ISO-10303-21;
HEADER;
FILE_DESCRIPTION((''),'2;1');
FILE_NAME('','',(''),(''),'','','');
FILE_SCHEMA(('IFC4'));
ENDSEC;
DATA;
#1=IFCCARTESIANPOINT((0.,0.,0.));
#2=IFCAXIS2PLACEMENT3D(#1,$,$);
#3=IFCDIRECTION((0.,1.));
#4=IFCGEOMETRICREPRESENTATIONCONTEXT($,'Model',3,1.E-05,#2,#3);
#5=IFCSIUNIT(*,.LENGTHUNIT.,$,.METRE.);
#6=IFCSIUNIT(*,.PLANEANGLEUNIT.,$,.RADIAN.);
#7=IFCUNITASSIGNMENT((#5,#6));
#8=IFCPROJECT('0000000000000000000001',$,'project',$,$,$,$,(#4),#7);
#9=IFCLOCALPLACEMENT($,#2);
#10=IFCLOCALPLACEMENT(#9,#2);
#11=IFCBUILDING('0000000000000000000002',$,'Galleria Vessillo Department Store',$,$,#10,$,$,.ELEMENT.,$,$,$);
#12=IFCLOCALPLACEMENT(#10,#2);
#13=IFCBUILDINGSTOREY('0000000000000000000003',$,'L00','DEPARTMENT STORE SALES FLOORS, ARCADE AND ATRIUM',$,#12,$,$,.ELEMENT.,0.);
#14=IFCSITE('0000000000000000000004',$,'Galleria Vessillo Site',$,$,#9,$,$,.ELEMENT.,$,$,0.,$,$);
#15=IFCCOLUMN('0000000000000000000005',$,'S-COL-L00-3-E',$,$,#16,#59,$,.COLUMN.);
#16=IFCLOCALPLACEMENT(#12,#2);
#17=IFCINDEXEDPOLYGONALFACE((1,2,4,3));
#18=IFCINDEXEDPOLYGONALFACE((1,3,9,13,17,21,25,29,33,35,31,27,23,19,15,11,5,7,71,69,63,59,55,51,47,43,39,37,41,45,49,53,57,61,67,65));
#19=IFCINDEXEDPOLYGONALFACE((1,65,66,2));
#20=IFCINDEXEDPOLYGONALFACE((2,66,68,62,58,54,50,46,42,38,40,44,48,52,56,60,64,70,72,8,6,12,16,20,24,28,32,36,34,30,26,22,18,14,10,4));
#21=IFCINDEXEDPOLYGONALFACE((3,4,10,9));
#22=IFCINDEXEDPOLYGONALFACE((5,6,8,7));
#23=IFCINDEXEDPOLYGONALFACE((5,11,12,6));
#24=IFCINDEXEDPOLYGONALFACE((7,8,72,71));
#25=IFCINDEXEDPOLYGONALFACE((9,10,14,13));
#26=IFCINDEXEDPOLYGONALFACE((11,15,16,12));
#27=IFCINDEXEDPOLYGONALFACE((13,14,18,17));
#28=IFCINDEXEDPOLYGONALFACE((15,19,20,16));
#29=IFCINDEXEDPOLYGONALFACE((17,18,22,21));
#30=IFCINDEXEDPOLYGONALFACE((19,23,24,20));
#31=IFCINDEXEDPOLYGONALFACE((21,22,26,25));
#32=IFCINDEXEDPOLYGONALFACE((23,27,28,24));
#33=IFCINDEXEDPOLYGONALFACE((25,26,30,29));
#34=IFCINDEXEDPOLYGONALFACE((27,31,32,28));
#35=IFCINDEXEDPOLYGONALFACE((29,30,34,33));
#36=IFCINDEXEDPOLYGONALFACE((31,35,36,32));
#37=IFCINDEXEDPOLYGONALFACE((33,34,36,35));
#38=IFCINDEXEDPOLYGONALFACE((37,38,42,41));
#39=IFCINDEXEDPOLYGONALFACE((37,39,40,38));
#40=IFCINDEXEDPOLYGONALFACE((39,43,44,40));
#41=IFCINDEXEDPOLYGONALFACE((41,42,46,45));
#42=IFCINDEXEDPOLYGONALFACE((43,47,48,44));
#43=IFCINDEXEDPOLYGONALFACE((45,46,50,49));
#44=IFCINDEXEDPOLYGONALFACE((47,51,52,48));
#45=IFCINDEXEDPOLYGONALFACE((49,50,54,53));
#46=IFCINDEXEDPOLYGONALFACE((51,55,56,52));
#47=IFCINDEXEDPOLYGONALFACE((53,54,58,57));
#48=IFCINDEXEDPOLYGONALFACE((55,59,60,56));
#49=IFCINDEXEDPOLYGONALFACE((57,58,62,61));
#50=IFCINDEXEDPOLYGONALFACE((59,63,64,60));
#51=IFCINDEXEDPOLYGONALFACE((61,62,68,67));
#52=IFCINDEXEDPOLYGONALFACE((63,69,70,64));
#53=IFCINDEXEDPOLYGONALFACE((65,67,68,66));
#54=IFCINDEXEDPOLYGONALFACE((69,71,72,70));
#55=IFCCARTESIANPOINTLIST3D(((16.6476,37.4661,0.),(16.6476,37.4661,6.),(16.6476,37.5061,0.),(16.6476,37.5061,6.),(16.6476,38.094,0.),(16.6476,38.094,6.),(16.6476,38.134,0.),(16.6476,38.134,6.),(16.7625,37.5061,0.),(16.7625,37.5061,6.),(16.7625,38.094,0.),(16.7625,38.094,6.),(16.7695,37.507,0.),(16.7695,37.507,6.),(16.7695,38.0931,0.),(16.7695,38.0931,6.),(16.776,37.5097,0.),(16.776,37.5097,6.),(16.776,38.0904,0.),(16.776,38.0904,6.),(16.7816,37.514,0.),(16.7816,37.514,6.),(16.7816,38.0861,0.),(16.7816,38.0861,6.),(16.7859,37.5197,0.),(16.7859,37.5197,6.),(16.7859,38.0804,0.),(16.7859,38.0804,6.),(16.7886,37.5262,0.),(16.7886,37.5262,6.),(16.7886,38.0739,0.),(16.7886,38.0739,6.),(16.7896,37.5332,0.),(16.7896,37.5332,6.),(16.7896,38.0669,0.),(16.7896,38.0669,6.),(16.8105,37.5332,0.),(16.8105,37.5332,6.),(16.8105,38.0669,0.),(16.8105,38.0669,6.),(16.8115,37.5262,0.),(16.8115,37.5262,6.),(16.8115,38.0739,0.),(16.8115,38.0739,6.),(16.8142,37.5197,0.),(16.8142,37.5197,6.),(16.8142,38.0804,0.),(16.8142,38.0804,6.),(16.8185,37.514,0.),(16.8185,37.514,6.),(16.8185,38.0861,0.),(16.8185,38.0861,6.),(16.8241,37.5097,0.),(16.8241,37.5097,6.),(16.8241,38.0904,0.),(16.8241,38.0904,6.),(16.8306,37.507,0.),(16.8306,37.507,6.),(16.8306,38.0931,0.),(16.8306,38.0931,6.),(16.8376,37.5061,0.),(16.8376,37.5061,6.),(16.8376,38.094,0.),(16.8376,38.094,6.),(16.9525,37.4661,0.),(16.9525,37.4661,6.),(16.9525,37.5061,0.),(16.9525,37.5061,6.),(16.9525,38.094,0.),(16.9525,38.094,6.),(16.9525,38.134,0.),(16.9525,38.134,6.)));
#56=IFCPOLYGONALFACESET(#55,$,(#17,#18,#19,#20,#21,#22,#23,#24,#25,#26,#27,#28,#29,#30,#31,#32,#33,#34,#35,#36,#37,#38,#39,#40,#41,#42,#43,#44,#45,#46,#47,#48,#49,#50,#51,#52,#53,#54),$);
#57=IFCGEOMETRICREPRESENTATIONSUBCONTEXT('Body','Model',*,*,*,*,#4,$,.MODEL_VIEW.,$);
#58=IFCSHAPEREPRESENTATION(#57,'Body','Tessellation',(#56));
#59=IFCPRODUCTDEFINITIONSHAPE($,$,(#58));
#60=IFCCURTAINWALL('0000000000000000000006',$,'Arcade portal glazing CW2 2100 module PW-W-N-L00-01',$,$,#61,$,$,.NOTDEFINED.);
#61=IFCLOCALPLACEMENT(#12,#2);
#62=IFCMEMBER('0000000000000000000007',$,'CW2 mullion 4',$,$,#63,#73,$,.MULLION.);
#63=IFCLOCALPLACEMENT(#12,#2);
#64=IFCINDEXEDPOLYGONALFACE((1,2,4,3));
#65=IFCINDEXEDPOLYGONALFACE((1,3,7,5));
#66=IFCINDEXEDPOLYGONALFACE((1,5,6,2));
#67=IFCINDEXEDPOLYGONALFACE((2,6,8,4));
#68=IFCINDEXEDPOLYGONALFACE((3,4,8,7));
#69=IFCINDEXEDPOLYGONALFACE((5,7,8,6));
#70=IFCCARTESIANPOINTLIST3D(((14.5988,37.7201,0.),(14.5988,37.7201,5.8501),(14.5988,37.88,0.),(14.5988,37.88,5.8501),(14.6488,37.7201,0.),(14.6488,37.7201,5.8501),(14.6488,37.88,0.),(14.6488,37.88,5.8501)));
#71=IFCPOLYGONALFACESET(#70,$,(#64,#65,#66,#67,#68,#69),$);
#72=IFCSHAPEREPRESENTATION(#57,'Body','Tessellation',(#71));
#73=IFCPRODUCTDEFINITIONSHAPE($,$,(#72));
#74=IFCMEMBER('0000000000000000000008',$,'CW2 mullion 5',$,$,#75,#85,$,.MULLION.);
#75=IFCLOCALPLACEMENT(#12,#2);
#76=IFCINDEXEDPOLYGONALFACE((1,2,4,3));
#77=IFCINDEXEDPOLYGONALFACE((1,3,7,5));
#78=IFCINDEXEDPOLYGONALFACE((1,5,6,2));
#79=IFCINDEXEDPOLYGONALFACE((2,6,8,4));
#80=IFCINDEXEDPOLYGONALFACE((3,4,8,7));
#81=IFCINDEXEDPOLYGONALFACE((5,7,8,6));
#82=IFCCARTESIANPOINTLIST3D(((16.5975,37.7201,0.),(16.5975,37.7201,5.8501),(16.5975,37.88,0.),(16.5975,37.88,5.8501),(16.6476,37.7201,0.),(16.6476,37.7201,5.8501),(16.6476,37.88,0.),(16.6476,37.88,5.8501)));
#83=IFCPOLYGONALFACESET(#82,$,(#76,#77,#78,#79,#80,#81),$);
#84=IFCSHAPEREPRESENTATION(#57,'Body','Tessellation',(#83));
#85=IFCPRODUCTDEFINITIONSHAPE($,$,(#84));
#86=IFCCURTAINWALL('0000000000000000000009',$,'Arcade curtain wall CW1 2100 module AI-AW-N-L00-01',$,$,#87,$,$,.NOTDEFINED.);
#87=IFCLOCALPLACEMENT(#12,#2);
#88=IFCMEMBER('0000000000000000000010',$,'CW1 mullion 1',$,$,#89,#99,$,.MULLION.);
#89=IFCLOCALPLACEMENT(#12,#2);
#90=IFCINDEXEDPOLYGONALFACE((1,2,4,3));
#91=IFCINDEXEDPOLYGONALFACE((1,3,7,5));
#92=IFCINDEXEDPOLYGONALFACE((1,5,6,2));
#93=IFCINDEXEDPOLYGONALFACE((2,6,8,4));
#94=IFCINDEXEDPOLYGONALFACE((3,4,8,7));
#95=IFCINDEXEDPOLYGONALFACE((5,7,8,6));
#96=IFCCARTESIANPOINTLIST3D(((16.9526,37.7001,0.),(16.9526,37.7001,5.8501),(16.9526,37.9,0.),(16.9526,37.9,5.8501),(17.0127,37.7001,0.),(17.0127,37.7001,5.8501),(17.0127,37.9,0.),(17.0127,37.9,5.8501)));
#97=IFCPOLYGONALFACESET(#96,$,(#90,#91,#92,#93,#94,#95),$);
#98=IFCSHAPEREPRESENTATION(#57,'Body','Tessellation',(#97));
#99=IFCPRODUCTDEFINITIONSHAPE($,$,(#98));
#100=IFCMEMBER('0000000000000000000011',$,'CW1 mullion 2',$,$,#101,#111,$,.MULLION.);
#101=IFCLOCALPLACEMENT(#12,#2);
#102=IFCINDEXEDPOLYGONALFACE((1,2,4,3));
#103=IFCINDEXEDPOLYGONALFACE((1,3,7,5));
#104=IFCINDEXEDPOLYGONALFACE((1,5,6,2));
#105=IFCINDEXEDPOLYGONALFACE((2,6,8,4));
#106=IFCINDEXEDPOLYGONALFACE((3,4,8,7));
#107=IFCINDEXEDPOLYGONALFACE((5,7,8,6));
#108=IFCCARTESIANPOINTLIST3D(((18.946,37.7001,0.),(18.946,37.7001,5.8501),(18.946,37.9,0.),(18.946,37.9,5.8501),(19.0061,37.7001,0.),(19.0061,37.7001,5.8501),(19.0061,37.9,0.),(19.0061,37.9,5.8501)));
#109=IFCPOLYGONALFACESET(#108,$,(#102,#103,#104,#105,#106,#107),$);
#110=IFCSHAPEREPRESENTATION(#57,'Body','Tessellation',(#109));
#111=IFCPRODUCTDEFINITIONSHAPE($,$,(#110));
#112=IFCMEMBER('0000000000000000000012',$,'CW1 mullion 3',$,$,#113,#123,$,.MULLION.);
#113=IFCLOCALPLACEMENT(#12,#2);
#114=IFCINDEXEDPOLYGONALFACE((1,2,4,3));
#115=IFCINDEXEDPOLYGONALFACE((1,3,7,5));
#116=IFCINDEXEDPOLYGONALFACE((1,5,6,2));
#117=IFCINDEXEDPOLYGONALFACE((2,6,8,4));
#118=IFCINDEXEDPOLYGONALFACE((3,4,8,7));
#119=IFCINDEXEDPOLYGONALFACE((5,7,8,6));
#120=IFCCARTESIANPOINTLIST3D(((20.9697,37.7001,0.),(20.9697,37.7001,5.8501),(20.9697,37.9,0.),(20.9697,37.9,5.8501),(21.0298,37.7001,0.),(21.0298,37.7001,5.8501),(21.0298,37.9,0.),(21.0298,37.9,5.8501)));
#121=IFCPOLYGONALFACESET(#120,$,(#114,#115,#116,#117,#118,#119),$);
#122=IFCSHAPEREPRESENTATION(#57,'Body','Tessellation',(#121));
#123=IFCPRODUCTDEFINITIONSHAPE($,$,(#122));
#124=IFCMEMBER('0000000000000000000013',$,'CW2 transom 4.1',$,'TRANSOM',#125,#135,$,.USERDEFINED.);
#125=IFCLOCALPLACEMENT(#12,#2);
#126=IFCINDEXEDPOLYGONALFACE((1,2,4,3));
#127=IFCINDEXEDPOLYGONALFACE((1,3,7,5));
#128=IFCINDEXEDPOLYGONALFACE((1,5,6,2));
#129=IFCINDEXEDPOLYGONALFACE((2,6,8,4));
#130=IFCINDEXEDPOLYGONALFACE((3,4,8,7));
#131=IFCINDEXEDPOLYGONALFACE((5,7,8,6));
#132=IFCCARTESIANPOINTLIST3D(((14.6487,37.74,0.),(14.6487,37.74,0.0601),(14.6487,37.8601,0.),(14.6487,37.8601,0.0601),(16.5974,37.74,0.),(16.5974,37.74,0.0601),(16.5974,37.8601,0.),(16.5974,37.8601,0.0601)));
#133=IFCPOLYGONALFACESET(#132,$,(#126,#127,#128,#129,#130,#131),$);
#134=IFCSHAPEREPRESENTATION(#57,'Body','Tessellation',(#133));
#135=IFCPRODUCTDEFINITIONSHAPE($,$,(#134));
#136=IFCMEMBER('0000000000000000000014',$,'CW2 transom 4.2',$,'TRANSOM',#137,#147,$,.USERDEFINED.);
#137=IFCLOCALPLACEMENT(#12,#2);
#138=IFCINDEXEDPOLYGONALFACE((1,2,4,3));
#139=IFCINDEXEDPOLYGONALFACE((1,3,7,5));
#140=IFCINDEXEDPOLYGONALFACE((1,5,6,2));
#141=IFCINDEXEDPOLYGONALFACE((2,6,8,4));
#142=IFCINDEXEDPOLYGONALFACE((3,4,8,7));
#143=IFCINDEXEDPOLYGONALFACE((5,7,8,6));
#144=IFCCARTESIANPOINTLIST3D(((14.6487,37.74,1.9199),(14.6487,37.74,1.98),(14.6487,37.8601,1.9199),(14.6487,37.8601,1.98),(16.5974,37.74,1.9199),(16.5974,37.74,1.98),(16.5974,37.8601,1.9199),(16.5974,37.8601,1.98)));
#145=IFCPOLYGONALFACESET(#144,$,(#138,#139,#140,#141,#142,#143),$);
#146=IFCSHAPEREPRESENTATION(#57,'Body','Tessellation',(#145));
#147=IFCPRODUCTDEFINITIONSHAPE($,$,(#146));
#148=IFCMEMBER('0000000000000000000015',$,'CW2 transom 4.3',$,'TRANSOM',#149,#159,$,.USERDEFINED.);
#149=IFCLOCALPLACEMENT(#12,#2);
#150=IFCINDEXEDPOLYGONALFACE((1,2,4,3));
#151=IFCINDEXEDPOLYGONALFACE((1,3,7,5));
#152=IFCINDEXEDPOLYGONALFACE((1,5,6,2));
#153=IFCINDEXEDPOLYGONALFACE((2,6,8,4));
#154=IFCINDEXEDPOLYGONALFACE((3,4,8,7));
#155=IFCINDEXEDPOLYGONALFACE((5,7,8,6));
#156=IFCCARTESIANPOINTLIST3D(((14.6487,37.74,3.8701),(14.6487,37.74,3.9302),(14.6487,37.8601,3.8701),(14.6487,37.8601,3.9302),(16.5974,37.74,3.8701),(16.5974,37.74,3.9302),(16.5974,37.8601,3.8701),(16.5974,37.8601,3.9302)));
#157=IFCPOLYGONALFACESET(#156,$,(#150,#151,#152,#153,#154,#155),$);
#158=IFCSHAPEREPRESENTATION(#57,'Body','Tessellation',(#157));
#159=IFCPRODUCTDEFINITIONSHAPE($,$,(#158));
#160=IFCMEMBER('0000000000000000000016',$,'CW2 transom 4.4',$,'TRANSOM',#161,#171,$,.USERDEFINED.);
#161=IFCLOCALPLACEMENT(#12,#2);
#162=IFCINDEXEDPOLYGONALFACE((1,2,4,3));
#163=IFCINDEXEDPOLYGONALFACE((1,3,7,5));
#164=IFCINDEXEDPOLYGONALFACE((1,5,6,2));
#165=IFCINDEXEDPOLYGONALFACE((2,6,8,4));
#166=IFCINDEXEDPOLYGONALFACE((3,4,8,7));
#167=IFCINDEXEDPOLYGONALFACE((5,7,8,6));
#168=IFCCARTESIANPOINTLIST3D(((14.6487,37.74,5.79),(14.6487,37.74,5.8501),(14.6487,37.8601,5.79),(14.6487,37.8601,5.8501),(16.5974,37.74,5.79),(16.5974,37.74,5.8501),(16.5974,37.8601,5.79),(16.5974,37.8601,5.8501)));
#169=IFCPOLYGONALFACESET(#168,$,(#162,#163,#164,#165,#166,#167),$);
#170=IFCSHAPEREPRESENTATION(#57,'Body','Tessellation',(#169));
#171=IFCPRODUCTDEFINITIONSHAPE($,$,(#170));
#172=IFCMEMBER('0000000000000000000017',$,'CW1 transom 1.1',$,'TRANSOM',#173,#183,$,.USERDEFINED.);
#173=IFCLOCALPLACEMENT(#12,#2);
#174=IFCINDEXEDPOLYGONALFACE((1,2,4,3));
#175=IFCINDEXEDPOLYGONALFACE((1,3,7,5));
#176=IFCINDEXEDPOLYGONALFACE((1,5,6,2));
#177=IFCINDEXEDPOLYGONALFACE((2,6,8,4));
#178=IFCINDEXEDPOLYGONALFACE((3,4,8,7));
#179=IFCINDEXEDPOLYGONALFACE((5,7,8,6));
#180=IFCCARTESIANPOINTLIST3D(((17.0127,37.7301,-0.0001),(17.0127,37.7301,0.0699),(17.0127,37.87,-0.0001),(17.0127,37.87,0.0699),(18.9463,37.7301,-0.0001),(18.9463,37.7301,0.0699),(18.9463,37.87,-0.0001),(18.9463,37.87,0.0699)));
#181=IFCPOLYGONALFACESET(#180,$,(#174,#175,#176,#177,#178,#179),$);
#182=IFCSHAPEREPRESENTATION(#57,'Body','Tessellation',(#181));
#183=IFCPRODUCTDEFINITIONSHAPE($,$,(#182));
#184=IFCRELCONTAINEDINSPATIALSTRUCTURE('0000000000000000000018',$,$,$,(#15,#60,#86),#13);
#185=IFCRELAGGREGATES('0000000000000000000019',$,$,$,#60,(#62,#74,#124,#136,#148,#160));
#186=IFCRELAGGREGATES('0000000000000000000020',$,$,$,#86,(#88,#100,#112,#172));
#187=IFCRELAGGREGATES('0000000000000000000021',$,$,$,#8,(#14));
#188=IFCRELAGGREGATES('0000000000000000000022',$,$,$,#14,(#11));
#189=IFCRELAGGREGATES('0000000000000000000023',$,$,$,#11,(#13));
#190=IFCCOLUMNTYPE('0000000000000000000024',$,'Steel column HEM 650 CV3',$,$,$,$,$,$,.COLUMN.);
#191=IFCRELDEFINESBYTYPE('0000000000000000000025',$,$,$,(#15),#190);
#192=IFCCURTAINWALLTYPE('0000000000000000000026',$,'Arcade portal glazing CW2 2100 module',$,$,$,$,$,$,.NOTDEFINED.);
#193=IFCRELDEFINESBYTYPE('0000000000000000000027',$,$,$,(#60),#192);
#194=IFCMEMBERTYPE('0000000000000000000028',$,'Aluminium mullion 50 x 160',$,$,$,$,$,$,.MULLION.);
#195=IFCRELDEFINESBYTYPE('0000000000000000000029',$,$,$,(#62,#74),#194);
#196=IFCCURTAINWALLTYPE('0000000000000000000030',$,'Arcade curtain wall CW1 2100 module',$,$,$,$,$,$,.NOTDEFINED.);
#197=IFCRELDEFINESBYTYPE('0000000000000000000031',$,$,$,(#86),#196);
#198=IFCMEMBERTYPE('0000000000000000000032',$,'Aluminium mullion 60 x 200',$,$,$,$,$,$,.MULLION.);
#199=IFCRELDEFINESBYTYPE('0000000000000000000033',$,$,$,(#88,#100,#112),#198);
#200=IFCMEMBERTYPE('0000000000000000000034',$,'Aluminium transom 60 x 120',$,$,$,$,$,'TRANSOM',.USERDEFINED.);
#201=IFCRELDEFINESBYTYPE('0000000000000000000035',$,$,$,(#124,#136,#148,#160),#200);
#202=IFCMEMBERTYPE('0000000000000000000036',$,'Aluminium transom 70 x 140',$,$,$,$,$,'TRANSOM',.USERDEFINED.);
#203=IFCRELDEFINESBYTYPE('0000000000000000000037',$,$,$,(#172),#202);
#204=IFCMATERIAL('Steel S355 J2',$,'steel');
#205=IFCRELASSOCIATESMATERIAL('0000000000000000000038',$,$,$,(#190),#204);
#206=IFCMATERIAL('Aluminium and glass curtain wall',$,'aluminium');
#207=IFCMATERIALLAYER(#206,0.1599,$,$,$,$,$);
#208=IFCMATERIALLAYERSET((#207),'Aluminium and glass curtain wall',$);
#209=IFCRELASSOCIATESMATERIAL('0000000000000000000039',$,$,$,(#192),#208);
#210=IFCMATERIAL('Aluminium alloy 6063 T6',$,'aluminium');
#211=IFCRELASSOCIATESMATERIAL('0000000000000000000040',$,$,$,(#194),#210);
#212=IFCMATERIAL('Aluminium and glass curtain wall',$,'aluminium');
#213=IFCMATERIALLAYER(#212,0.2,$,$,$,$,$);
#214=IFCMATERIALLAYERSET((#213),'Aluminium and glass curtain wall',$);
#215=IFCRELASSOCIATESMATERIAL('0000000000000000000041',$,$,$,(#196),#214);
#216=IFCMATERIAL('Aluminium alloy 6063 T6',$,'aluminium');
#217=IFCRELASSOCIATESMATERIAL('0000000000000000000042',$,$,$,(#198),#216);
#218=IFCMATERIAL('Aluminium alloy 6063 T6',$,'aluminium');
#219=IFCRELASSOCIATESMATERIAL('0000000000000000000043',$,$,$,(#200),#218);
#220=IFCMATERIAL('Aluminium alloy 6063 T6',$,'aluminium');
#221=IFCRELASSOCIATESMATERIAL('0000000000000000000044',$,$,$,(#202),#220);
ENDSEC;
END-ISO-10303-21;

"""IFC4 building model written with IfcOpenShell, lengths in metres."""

from ifc_helpers import new_model, si_unit, direction, frame, origin, origin_2d, place, context, subcontext, project, spatial, rectangle, i_section, extrude, material, layer, layer_set, material_profile, profile_set, type_object, element, aggregate, save


model = new_model("IFC4")

# Units and contexts
model_context = context("Model", 3, precision=1e-05, world=origin(), true_north=direction((0.0, 1.0)))
body_context = subcontext(model_context, "Body", "Model", "MODEL_VIEW")
ifc_project = project(units=[si_unit("LENGTHUNIT", "METRE"), si_unit("PLANEANGLEUNIT", "RADIAN")], contexts=[model_context])

# Site, building, storey
site_placement = place(None, origin())
site = spatial("IfcSite", under=ifc_project, at=site_placement, Name="Galleria Vessillo Site", CompositionType="ELEMENT", RefElevation=0.0)
building_placement = place(site_placement, origin())
building = spatial("IfcBuilding", under=site, at=building_placement, Name="Galleria Vessillo Department Store", CompositionType="ELEMENT")
storey_placement = place(building_placement, origin())
storey = spatial("IfcBuildingStorey", under=building, at=storey_placement, Name="L00", Description="DEPARTMENT STORE SALES FLOORS, ARCADE AND ATRIUM", CompositionType="ELEMENT", Elevation=0.0)

# Column
ifc_material_1 = material(Name="Steel S355 J2", Category="steel")
ifc_material_profile_1 = material_profile(ifc_material_1, i_section(OverallWidth=0.3049, OverallDepth=0.668, WebThickness=0.021, FlangeThickness=0.04, FilletRadius=0.0271, at=origin_2d()), Name="HEM 650")
ifc_profile_set_1 = profile_set([ifc_material_profile_1], Name="Steel S355 J2")
column_type = type_object("IfcColumnType", Name="Steel column HEM 650 CV3", PredefinedType="COLUMN", material=ifc_profile_set_1)
column_placement = place(storey_placement, frame((16.8, 37.8, 0.0), z_axis=(0.0, 0.0, 1.0), x_axis=(1.0, 0.0, 0.0)))
element("IfcColumn", 1, at=column_placement, inside=storey, type_object=column_type, Name="S-COL-L00-3-E", PredefinedType="COLUMN", context=body_context, shape_type="SweptSolid", body=[
    extrude(i_section(OverallWidth=0.3049, OverallDepth=0.668, WebThickness=0.021, FlangeThickness=0.04, FilletRadius=0.0271, at=origin_2d()), origin(), (0.0, 0.0, 1.0), 6.0),
])

# Curtain walls, members
ifc_material_2 = material(Name="Aluminium and glass curtain wall", Category="aluminium")
ifc_layer_1 = layer(ifc_material_2, 0.1599)
ifc_layer_set_1 = layer_set([ifc_layer_1], Name="Aluminium and glass curtain wall")
curtain_wall_type_1 = type_object("IfcCurtainWallType", Name="Arcade portal glazing CW2 2100 module", PredefinedType="NOTDEFINED", material=ifc_layer_set_1)
curtain_wall_1_placement = place(storey_placement, origin())
curtain_wall_1 = element("IfcCurtainWall", 2, at=curtain_wall_1_placement, inside=storey, type_object=curtain_wall_type_1, Name="Arcade portal glazing CW2 2100 module PW-W-N-L00-01", PredefinedType="NOTDEFINED")
ifc_material_3 = material(Name="Aluminium alloy 6063 T6", Category="aluminium")
ifc_material_profile_2 = material_profile(ifc_material_3, rectangle(XDim=0.1599, YDim=0.05, at=origin_2d()), Name="AL 50x160")
ifc_profile_set_2 = profile_set([ifc_material_profile_2], Name="Aluminium alloy 6063 T6")
member_type_1 = type_object("IfcMemberType", Name="Aluminium mullion 50 x 160", PredefinedType="MULLION", material=ifc_profile_set_2)
member_1_placement = place(storey_placement, frame((14.6238, 37.8, 0.0), z_axis=(0.0, 0.0, 1.0), x_axis=(0.0, 1.0, 0.0)))
member_1 = element("IfcMember", 3, at=member_1_placement, type_object=member_type_1, Name="CW2 mullion 4", PredefinedType="MULLION", context=body_context, shape_type="SweptSolid", body=[
    extrude(rectangle(XDim=0.1599, YDim=0.05, at=origin_2d()), origin(), (0.0, 0.0, 1.0), 5.8501),
])
member_2_placement = place(storey_placement, frame((16.6226, 37.8, 0.0), z_axis=(0.0, 0.0, 1.0), x_axis=(0.0, 1.0, 0.0)))
member_2 = element("IfcMember", 4, at=member_2_placement, type_object=member_type_1, Name="CW2 mullion 5", PredefinedType="MULLION", context=body_context, shape_type="SweptSolid", body=[
    extrude(rectangle(XDim=0.1599, YDim=0.05, at=origin_2d()), origin(), (0.0, 0.0, 1.0), 5.8501),
])
ifc_material_4 = material(Name="Aluminium and glass curtain wall", Category="aluminium")
ifc_layer_2 = layer(ifc_material_4, 0.2)
ifc_layer_set_2 = layer_set([ifc_layer_2], Name="Aluminium and glass curtain wall")
curtain_wall_type_2 = type_object("IfcCurtainWallType", Name="Arcade curtain wall CW1 2100 module", PredefinedType="NOTDEFINED", material=ifc_layer_set_2)
curtain_wall_2_placement = place(storey_placement, origin())
curtain_wall_2 = element("IfcCurtainWall", 5, at=curtain_wall_2_placement, inside=storey, type_object=curtain_wall_type_2, Name="Arcade curtain wall CW1 2100 module AI-AW-N-L00-01", PredefinedType="NOTDEFINED")
ifc_material_5 = material(Name="Aluminium alloy 6063 T6", Category="aluminium")
ifc_material_profile_3 = material_profile(ifc_material_5, rectangle(XDim=0.2, YDim=0.0601, at=origin_2d()), Name="AL 60x200")
ifc_profile_set_3 = profile_set([ifc_material_profile_3], Name="Aluminium alloy 6063 T6")
member_type_2 = type_object("IfcMemberType", Name="Aluminium mullion 60 x 200", PredefinedType="MULLION", material=ifc_profile_set_3)
member_3_placement = place(storey_placement, frame((16.9827, 37.8, 0.0), z_axis=(0.0, 0.0, 1.0), x_axis=(0.0, 1.0, 0.0)))
member_3 = element("IfcMember", 6, at=member_3_placement, type_object=member_type_2, Name="CW1 mullion 1", PredefinedType="MULLION", context=body_context, shape_type="SweptSolid", body=[
    extrude(rectangle(XDim=0.2, YDim=0.0601, at=origin_2d()), origin(), (0.0, 0.0, 1.0), 5.8501),
])
member_4_placement = place(storey_placement, frame((18.9761, 37.8, 0.0), z_axis=(0.0, 0.0, 1.0), x_axis=(0.0, 1.0, 0.0)))
member_4 = element("IfcMember", 7, at=member_4_placement, type_object=member_type_2, Name="CW1 mullion 2", PredefinedType="MULLION", context=body_context, shape_type="SweptSolid", body=[
    extrude(rectangle(XDim=0.2, YDim=0.0601, at=origin_2d()), origin(), (0.0, 0.0, 1.0), 5.8501),
])
member_5_placement = place(storey_placement, frame((20.9998, 37.8, 0.0), z_axis=(0.0, 0.0, 1.0), x_axis=(0.0, 1.0, 0.0)))
member_5 = element("IfcMember", 8, at=member_5_placement, type_object=member_type_2, Name="CW1 mullion 3", PredefinedType="MULLION", context=body_context, shape_type="SweptSolid", body=[
    extrude(rectangle(XDim=0.2, YDim=0.0601, at=origin_2d()), origin(), (0.0, 0.0, 1.0), 5.8501),
])

# Members
ifc_material_6 = material(Name="Aluminium alloy 6063 T6", Category="aluminium")
ifc_material_profile_4 = material_profile(ifc_material_6, rectangle(XDim=0.1201, YDim=0.0601, at=origin_2d()), Name="AL 60x120")
ifc_profile_set_4 = profile_set([ifc_material_profile_4], Name="Aluminium alloy 6063 T6")
member_type_3 = type_object("IfcMemberType", Name="Aluminium transom 60 x 120", ElementType="TRANSOM", PredefinedType="USERDEFINED", material=ifc_profile_set_4)
member_6_placement = place(storey_placement, frame((14.6487, 37.8, 0.03), z_axis=(1.0, 0.0, 0.0), x_axis=(0.0, 1.0, 0.0)))
member_6 = element("IfcMember", 9, at=member_6_placement, type_object=member_type_3, Name="CW2 transom 4.1", ObjectType="TRANSOM", PredefinedType="USERDEFINED", context=body_context, shape_type="SweptSolid", body=[
    extrude(rectangle(XDim=0.1201, YDim=0.0601, at=origin_2d()), origin(), (0.0, 0.0, 1.0), 1.9487),
])
member_7_placement = place(storey_placement, frame((14.6487, 37.8, 1.95), z_axis=(1.0, 0.0, 0.0), x_axis=(0.0, 1.0, 0.0)))
member_7 = element("IfcMember", 10, at=member_7_placement, type_object=member_type_3, Name="CW2 transom 4.2", ObjectType="TRANSOM", PredefinedType="USERDEFINED", context=body_context, shape_type="SweptSolid", body=[
    extrude(rectangle(XDim=0.1201, YDim=0.0601, at=origin_2d()), origin(), (0.0, 0.0, 1.0), 1.9487),
])
member_8_placement = place(storey_placement, frame((14.6487, 37.8, 3.9001), z_axis=(1.0, 0.0, 0.0), x_axis=(0.0, 1.0, 0.0)))
member_8 = element("IfcMember", 11, at=member_8_placement, type_object=member_type_3, Name="CW2 transom 4.3", ObjectType="TRANSOM", PredefinedType="USERDEFINED", context=body_context, shape_type="SweptSolid", body=[
    extrude(rectangle(XDim=0.1201, YDim=0.0601, at=origin_2d()), origin(), (0.0, 0.0, 1.0), 1.9487),
])
member_9_placement = place(storey_placement, frame((14.6487, 37.8, 5.8201), z_axis=(1.0, 0.0, 0.0), x_axis=(0.0, 1.0, 0.0)))
member_9 = element("IfcMember", 12, at=member_9_placement, type_object=member_type_3, Name="CW2 transom 4.4", ObjectType="TRANSOM", PredefinedType="USERDEFINED", context=body_context, shape_type="SweptSolid", body=[
    extrude(rectangle(XDim=0.1201, YDim=0.0601, at=origin_2d()), origin(), (0.0, 0.0, 1.0), 1.9487),
])
ifc_material_7 = material(Name="Aluminium alloy 6063 T6", Category="aluminium")
ifc_material_profile_5 = material_profile(ifc_material_7, rectangle(XDim=0.1399, YDim=0.0701, at=origin_2d()), Name="AL 70x140")
ifc_profile_set_5 = profile_set([ifc_material_profile_5], Name="Aluminium alloy 6063 T6")
member_type_4 = type_object("IfcMemberType", Name="Aluminium transom 70 x 140", ElementType="TRANSOM", PredefinedType="USERDEFINED", material=ifc_profile_set_5)
member_10_placement = place(storey_placement, frame((17.0127, 37.8, 0.0349), z_axis=(1.0, 0.0, 0.0), x_axis=(0.0, 1.0, 0.0)))
member_10 = element("IfcMember", 13, at=member_10_placement, type_object=member_type_4, Name="CW1 transom 1.1", ObjectType="TRANSOM", PredefinedType="USERDEFINED", context=body_context, shape_type="SweptSolid", body=[
    extrude(rectangle(XDim=0.1399, YDim=0.0701, at=origin_2d()), origin(), (0.0, 0.0, 1.0), 1.9336),
])

aggregate(curtain_wall_1, [member_1, member_2, member_6, member_7, member_8, member_9])
aggregate(curtain_wall_2, [member_3, member_4, member_5, member_10])

save(model, "model.ifc")
